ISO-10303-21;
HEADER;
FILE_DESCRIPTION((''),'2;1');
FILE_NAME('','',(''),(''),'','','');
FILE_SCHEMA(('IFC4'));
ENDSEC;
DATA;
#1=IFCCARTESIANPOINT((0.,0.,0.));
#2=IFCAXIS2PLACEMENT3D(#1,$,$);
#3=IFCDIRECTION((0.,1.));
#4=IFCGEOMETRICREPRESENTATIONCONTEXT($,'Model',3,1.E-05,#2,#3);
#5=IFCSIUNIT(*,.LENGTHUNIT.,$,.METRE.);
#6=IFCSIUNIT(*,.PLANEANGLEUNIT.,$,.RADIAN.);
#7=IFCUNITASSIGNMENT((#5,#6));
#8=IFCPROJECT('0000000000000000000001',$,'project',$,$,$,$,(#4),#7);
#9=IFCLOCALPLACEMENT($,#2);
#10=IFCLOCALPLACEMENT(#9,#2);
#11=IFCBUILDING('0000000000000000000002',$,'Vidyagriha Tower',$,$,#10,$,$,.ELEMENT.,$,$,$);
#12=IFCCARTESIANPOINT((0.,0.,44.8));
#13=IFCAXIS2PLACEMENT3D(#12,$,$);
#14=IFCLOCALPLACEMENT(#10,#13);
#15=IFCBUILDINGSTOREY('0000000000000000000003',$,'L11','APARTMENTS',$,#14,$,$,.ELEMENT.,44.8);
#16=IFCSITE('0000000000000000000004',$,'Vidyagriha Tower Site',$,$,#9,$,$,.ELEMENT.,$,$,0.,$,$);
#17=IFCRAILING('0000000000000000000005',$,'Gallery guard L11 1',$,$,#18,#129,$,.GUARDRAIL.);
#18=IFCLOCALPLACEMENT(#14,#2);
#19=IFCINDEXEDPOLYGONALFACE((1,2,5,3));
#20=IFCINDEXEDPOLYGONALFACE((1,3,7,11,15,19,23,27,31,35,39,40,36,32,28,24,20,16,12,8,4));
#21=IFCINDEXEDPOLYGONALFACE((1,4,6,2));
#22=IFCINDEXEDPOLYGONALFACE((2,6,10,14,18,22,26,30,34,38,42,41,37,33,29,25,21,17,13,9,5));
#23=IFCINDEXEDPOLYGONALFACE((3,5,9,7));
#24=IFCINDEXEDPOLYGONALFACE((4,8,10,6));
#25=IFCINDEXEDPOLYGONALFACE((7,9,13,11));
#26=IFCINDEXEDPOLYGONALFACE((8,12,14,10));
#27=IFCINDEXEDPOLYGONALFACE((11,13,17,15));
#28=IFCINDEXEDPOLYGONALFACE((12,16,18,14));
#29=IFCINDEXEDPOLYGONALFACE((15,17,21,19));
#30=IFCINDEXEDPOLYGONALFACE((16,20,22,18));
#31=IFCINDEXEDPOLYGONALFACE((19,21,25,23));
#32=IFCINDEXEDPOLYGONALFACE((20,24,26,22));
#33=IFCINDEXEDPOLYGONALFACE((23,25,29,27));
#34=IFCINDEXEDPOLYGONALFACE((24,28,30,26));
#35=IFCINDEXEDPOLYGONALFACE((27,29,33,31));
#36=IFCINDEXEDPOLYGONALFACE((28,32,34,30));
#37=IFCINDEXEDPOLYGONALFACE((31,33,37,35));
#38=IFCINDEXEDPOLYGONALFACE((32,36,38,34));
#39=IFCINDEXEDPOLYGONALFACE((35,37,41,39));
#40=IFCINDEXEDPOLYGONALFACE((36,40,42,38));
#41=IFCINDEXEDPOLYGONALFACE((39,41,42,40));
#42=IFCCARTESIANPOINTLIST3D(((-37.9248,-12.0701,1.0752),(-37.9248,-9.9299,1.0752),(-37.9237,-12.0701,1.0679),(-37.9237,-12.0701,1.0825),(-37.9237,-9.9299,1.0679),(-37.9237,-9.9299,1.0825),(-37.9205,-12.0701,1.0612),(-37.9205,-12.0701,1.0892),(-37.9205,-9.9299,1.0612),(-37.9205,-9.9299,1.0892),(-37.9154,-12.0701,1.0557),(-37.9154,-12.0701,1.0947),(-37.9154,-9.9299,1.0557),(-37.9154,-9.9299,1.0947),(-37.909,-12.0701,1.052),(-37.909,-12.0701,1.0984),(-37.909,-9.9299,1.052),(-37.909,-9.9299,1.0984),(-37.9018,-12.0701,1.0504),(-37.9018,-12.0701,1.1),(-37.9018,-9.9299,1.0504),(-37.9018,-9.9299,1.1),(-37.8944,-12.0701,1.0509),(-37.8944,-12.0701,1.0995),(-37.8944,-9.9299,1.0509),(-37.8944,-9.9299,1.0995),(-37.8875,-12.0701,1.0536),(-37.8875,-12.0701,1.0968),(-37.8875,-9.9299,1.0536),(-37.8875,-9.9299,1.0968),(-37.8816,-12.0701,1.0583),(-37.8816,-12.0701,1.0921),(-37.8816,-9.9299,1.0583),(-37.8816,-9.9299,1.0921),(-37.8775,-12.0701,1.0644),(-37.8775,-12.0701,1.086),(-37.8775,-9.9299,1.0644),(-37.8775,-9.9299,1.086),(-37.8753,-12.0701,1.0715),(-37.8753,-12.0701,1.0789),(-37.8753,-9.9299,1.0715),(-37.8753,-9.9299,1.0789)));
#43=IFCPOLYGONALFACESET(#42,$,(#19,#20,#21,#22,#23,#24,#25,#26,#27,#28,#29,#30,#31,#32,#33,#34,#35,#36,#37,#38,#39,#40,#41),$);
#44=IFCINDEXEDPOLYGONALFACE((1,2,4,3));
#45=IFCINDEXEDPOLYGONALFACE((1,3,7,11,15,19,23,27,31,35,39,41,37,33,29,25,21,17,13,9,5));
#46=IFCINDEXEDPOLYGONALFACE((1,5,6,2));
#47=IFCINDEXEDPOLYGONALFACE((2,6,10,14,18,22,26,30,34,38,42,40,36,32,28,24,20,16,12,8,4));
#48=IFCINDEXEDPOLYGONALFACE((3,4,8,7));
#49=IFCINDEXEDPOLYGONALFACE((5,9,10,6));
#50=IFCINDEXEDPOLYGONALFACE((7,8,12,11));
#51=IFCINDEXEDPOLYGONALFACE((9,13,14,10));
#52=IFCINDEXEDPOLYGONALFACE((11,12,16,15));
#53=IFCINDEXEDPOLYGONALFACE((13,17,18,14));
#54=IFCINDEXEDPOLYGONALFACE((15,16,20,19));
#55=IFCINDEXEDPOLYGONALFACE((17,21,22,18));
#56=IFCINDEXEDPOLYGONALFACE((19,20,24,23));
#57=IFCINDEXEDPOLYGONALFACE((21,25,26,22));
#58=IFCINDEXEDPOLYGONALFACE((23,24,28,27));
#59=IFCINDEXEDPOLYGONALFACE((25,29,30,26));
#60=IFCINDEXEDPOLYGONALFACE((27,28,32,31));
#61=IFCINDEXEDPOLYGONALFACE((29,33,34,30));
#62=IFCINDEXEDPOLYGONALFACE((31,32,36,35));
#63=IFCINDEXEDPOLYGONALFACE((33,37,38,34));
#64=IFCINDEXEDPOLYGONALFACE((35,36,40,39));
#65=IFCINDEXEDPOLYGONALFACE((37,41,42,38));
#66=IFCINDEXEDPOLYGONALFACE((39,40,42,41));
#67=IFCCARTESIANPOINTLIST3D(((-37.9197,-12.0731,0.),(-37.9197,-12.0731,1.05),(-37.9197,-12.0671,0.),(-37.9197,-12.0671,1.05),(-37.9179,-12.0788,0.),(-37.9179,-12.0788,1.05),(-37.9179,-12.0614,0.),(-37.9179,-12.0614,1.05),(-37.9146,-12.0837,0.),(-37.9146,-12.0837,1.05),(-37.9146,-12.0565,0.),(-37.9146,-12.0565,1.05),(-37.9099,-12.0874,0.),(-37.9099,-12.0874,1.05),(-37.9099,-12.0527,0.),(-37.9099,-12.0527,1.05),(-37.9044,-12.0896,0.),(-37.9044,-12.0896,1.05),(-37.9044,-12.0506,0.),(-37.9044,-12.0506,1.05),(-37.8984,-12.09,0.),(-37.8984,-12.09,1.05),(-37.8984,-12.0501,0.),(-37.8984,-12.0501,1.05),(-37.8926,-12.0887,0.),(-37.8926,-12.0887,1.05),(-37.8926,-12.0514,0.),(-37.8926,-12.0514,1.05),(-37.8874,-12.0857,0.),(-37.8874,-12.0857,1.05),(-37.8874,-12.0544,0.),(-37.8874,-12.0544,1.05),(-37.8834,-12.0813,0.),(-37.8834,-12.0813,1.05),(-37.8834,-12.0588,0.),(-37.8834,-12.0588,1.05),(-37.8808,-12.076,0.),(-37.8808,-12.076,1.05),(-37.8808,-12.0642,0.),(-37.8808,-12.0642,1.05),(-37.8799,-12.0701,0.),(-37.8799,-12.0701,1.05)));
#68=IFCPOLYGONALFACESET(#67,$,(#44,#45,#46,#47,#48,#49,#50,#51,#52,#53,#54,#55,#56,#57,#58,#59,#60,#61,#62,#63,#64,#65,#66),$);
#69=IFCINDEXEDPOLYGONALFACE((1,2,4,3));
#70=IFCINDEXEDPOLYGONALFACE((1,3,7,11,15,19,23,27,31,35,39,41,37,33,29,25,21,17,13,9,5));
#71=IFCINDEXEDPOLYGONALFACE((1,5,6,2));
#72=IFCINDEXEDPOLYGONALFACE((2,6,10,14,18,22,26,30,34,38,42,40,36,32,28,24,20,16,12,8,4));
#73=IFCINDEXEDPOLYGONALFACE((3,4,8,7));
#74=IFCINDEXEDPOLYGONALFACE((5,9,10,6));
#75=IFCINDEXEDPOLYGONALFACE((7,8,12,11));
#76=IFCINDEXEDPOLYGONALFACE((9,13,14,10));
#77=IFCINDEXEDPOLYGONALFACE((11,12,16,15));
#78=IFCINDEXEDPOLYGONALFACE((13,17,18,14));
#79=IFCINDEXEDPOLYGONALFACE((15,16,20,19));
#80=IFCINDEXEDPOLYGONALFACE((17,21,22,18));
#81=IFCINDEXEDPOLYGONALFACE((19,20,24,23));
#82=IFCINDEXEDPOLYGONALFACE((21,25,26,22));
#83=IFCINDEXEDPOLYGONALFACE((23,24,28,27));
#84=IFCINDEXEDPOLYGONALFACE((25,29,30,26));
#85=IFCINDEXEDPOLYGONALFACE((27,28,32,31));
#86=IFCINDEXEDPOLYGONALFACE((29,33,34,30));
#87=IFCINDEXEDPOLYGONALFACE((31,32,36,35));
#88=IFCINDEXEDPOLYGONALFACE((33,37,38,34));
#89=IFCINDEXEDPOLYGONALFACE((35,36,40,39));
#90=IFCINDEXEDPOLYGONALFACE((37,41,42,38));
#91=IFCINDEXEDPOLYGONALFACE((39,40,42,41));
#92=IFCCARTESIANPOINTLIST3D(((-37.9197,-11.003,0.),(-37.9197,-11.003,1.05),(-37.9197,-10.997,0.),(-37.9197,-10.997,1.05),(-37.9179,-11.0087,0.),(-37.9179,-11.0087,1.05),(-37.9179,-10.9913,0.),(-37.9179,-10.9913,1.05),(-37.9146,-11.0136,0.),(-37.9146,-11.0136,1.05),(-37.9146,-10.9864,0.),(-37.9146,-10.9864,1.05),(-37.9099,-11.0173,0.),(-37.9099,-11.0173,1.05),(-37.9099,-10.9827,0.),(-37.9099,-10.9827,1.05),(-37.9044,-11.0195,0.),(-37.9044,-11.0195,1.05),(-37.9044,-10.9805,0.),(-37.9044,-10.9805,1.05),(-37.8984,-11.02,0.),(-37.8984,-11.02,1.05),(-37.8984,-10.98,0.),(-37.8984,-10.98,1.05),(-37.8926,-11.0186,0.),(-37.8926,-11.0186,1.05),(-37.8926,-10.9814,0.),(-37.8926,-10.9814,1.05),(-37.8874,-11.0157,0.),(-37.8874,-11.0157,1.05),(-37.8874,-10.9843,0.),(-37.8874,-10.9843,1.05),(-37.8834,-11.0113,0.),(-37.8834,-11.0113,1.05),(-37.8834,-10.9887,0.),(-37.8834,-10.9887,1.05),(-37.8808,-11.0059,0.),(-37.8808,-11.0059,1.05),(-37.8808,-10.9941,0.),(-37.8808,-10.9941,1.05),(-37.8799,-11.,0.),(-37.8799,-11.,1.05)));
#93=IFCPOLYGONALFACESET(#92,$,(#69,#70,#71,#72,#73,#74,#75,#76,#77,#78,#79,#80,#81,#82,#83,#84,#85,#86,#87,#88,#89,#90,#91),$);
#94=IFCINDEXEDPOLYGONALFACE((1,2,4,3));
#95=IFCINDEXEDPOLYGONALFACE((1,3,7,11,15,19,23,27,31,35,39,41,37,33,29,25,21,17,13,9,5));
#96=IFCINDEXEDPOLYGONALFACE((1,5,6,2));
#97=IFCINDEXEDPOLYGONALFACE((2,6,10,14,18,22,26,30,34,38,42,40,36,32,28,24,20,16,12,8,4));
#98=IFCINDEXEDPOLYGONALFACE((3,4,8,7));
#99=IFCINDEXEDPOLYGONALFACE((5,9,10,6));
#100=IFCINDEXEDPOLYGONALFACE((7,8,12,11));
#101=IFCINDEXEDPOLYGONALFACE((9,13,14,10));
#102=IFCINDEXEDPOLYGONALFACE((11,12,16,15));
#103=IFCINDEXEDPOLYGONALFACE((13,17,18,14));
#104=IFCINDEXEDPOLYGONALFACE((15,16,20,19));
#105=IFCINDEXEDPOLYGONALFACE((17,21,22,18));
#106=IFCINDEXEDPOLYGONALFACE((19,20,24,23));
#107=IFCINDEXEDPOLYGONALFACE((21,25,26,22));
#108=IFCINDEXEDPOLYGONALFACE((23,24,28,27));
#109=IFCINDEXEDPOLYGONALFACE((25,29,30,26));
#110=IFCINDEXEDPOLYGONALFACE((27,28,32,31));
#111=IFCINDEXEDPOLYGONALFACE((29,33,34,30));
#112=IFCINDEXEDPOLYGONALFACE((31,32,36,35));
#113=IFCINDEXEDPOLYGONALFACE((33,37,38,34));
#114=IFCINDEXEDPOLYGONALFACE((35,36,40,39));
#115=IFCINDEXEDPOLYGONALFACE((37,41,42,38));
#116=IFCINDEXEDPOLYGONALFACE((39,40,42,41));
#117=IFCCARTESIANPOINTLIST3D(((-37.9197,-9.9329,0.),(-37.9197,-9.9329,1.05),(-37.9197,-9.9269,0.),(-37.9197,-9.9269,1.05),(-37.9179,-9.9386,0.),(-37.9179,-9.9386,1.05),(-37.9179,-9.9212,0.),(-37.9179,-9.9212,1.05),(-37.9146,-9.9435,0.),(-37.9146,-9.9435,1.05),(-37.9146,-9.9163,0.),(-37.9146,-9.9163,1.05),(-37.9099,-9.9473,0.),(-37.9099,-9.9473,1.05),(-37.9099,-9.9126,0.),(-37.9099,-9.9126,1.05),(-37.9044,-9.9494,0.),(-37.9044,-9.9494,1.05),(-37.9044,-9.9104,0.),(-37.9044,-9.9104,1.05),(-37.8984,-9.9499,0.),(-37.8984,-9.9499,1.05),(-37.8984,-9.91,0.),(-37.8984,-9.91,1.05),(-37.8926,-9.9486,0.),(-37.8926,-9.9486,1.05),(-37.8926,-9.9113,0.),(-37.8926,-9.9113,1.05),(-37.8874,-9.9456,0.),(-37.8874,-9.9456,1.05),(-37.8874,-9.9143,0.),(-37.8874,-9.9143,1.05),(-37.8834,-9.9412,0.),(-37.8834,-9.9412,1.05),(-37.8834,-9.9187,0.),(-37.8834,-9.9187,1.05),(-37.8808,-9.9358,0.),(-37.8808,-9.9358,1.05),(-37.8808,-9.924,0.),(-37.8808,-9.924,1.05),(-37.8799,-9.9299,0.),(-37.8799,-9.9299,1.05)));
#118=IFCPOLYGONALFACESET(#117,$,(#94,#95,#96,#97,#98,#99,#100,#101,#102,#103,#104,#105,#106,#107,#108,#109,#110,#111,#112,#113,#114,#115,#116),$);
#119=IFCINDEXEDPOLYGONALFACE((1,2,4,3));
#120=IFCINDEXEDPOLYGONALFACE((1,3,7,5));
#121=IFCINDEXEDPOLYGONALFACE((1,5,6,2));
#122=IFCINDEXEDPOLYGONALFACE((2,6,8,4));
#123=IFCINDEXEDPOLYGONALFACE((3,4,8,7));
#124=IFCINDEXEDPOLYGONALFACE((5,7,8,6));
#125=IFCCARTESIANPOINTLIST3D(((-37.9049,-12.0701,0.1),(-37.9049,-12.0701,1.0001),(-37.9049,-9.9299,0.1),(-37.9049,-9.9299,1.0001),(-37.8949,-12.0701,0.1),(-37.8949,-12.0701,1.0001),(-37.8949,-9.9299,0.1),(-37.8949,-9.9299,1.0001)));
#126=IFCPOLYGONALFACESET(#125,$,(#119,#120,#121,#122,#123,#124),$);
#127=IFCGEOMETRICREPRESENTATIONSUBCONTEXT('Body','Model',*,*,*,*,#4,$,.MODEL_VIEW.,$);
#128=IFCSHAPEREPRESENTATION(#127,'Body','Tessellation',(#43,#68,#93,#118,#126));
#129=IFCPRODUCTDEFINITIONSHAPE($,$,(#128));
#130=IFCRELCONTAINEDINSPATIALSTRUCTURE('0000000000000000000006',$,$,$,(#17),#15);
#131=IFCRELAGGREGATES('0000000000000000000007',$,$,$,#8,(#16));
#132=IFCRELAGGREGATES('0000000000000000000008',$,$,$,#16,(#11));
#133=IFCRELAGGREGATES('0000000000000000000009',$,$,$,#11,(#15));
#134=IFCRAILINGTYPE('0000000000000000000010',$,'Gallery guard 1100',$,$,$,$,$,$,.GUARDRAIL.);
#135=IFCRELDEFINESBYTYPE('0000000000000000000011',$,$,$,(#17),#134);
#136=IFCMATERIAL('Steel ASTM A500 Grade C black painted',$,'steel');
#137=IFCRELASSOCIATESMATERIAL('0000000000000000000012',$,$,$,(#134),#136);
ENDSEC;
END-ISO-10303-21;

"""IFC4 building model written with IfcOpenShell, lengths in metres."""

from ifc_helpers import new_model, si_unit, direction, frame, origin, origin_2d, place, context, subcontext, project, spatial, rectangle, circle, extrude, material, type_object, element, save


model = new_model("IFC4")

# Units and contexts
model_context = context("Model", 3, precision=1e-05, world=origin(), true_north=direction((0.0, 1.0)))
body_context = subcontext(model_context, "Body", "Model", "MODEL_VIEW")
ifc_project = project(units=[si_unit("LENGTHUNIT", "METRE"), si_unit("PLANEANGLEUNIT", "RADIAN")], contexts=[model_context])

# Site, building, storey
site_placement = place(None, origin())
site = spatial("IfcSite", under=ifc_project, at=site_placement, Name="Vidyagriha Tower Site", CompositionType="ELEMENT", RefElevation=0.0)
building_placement = place(site_placement, origin())
building = spatial("IfcBuilding", under=site, at=building_placement, Name="Vidyagriha Tower", CompositionType="ELEMENT")
storey_placement = place(building_placement, frame((0.0, 0.0, 44.8)))
storey = spatial("IfcBuildingStorey", under=building, at=storey_placement, Name="L11", Description="APARTMENTS", CompositionType="ELEMENT", Elevation=44.8)

# Railing
ifc_material_1 = material(Name="Steel ASTM A500 Grade C black painted", Category="steel")
railing_type_1 = type_object("IfcRailingType", Name="Gallery guard 1100", PredefinedType="GUARDRAIL", material=ifc_material_1)
railing_1_placement = place(storey_placement, frame((-37.8999, -12.0701, 0.0)))
element("IfcRailing", 1, at=railing_1_placement, inside=storey, type_object=railing_type_1, Name="Gallery guard L11 1", PredefinedType="GUARDRAIL", context=body_context, shape_type="SweptSolid", body=[
    extrude(circle(Radius=0.0249, at=origin_2d()), frame((0.0, 0.0, 1.0752), z_axis=(0.0, 1.0, 0.0), x_axis=(-1.0, 0.0, 0.0)), (0.0, 0.0, 1.0), 2.1401),
    extrude(circle(Radius=0.02, at=origin_2d()), origin(), (0.0, 0.0, 1.0), 1.05),
    extrude(circle(Radius=0.02, at=origin_2d()), frame((0.0, 1.0701, 0.0)), (0.0, 0.0, 1.0), 1.05),
    extrude(circle(Radius=0.02, at=origin_2d()), frame((0.0, 2.1401, 0.0)), (0.0, 0.0, 1.0), 1.05),
    extrude(rectangle(XDim=0.01, YDim=0.9001, at=origin_2d()), frame((0.0, 0.0, 0.55), z_axis=(0.0, 1.0, 0.0), x_axis=(-1.0, 0.0, 0.0)), (0.0, 0.0, 1.0), 2.1401),
])

save(model, "model.ifc")
